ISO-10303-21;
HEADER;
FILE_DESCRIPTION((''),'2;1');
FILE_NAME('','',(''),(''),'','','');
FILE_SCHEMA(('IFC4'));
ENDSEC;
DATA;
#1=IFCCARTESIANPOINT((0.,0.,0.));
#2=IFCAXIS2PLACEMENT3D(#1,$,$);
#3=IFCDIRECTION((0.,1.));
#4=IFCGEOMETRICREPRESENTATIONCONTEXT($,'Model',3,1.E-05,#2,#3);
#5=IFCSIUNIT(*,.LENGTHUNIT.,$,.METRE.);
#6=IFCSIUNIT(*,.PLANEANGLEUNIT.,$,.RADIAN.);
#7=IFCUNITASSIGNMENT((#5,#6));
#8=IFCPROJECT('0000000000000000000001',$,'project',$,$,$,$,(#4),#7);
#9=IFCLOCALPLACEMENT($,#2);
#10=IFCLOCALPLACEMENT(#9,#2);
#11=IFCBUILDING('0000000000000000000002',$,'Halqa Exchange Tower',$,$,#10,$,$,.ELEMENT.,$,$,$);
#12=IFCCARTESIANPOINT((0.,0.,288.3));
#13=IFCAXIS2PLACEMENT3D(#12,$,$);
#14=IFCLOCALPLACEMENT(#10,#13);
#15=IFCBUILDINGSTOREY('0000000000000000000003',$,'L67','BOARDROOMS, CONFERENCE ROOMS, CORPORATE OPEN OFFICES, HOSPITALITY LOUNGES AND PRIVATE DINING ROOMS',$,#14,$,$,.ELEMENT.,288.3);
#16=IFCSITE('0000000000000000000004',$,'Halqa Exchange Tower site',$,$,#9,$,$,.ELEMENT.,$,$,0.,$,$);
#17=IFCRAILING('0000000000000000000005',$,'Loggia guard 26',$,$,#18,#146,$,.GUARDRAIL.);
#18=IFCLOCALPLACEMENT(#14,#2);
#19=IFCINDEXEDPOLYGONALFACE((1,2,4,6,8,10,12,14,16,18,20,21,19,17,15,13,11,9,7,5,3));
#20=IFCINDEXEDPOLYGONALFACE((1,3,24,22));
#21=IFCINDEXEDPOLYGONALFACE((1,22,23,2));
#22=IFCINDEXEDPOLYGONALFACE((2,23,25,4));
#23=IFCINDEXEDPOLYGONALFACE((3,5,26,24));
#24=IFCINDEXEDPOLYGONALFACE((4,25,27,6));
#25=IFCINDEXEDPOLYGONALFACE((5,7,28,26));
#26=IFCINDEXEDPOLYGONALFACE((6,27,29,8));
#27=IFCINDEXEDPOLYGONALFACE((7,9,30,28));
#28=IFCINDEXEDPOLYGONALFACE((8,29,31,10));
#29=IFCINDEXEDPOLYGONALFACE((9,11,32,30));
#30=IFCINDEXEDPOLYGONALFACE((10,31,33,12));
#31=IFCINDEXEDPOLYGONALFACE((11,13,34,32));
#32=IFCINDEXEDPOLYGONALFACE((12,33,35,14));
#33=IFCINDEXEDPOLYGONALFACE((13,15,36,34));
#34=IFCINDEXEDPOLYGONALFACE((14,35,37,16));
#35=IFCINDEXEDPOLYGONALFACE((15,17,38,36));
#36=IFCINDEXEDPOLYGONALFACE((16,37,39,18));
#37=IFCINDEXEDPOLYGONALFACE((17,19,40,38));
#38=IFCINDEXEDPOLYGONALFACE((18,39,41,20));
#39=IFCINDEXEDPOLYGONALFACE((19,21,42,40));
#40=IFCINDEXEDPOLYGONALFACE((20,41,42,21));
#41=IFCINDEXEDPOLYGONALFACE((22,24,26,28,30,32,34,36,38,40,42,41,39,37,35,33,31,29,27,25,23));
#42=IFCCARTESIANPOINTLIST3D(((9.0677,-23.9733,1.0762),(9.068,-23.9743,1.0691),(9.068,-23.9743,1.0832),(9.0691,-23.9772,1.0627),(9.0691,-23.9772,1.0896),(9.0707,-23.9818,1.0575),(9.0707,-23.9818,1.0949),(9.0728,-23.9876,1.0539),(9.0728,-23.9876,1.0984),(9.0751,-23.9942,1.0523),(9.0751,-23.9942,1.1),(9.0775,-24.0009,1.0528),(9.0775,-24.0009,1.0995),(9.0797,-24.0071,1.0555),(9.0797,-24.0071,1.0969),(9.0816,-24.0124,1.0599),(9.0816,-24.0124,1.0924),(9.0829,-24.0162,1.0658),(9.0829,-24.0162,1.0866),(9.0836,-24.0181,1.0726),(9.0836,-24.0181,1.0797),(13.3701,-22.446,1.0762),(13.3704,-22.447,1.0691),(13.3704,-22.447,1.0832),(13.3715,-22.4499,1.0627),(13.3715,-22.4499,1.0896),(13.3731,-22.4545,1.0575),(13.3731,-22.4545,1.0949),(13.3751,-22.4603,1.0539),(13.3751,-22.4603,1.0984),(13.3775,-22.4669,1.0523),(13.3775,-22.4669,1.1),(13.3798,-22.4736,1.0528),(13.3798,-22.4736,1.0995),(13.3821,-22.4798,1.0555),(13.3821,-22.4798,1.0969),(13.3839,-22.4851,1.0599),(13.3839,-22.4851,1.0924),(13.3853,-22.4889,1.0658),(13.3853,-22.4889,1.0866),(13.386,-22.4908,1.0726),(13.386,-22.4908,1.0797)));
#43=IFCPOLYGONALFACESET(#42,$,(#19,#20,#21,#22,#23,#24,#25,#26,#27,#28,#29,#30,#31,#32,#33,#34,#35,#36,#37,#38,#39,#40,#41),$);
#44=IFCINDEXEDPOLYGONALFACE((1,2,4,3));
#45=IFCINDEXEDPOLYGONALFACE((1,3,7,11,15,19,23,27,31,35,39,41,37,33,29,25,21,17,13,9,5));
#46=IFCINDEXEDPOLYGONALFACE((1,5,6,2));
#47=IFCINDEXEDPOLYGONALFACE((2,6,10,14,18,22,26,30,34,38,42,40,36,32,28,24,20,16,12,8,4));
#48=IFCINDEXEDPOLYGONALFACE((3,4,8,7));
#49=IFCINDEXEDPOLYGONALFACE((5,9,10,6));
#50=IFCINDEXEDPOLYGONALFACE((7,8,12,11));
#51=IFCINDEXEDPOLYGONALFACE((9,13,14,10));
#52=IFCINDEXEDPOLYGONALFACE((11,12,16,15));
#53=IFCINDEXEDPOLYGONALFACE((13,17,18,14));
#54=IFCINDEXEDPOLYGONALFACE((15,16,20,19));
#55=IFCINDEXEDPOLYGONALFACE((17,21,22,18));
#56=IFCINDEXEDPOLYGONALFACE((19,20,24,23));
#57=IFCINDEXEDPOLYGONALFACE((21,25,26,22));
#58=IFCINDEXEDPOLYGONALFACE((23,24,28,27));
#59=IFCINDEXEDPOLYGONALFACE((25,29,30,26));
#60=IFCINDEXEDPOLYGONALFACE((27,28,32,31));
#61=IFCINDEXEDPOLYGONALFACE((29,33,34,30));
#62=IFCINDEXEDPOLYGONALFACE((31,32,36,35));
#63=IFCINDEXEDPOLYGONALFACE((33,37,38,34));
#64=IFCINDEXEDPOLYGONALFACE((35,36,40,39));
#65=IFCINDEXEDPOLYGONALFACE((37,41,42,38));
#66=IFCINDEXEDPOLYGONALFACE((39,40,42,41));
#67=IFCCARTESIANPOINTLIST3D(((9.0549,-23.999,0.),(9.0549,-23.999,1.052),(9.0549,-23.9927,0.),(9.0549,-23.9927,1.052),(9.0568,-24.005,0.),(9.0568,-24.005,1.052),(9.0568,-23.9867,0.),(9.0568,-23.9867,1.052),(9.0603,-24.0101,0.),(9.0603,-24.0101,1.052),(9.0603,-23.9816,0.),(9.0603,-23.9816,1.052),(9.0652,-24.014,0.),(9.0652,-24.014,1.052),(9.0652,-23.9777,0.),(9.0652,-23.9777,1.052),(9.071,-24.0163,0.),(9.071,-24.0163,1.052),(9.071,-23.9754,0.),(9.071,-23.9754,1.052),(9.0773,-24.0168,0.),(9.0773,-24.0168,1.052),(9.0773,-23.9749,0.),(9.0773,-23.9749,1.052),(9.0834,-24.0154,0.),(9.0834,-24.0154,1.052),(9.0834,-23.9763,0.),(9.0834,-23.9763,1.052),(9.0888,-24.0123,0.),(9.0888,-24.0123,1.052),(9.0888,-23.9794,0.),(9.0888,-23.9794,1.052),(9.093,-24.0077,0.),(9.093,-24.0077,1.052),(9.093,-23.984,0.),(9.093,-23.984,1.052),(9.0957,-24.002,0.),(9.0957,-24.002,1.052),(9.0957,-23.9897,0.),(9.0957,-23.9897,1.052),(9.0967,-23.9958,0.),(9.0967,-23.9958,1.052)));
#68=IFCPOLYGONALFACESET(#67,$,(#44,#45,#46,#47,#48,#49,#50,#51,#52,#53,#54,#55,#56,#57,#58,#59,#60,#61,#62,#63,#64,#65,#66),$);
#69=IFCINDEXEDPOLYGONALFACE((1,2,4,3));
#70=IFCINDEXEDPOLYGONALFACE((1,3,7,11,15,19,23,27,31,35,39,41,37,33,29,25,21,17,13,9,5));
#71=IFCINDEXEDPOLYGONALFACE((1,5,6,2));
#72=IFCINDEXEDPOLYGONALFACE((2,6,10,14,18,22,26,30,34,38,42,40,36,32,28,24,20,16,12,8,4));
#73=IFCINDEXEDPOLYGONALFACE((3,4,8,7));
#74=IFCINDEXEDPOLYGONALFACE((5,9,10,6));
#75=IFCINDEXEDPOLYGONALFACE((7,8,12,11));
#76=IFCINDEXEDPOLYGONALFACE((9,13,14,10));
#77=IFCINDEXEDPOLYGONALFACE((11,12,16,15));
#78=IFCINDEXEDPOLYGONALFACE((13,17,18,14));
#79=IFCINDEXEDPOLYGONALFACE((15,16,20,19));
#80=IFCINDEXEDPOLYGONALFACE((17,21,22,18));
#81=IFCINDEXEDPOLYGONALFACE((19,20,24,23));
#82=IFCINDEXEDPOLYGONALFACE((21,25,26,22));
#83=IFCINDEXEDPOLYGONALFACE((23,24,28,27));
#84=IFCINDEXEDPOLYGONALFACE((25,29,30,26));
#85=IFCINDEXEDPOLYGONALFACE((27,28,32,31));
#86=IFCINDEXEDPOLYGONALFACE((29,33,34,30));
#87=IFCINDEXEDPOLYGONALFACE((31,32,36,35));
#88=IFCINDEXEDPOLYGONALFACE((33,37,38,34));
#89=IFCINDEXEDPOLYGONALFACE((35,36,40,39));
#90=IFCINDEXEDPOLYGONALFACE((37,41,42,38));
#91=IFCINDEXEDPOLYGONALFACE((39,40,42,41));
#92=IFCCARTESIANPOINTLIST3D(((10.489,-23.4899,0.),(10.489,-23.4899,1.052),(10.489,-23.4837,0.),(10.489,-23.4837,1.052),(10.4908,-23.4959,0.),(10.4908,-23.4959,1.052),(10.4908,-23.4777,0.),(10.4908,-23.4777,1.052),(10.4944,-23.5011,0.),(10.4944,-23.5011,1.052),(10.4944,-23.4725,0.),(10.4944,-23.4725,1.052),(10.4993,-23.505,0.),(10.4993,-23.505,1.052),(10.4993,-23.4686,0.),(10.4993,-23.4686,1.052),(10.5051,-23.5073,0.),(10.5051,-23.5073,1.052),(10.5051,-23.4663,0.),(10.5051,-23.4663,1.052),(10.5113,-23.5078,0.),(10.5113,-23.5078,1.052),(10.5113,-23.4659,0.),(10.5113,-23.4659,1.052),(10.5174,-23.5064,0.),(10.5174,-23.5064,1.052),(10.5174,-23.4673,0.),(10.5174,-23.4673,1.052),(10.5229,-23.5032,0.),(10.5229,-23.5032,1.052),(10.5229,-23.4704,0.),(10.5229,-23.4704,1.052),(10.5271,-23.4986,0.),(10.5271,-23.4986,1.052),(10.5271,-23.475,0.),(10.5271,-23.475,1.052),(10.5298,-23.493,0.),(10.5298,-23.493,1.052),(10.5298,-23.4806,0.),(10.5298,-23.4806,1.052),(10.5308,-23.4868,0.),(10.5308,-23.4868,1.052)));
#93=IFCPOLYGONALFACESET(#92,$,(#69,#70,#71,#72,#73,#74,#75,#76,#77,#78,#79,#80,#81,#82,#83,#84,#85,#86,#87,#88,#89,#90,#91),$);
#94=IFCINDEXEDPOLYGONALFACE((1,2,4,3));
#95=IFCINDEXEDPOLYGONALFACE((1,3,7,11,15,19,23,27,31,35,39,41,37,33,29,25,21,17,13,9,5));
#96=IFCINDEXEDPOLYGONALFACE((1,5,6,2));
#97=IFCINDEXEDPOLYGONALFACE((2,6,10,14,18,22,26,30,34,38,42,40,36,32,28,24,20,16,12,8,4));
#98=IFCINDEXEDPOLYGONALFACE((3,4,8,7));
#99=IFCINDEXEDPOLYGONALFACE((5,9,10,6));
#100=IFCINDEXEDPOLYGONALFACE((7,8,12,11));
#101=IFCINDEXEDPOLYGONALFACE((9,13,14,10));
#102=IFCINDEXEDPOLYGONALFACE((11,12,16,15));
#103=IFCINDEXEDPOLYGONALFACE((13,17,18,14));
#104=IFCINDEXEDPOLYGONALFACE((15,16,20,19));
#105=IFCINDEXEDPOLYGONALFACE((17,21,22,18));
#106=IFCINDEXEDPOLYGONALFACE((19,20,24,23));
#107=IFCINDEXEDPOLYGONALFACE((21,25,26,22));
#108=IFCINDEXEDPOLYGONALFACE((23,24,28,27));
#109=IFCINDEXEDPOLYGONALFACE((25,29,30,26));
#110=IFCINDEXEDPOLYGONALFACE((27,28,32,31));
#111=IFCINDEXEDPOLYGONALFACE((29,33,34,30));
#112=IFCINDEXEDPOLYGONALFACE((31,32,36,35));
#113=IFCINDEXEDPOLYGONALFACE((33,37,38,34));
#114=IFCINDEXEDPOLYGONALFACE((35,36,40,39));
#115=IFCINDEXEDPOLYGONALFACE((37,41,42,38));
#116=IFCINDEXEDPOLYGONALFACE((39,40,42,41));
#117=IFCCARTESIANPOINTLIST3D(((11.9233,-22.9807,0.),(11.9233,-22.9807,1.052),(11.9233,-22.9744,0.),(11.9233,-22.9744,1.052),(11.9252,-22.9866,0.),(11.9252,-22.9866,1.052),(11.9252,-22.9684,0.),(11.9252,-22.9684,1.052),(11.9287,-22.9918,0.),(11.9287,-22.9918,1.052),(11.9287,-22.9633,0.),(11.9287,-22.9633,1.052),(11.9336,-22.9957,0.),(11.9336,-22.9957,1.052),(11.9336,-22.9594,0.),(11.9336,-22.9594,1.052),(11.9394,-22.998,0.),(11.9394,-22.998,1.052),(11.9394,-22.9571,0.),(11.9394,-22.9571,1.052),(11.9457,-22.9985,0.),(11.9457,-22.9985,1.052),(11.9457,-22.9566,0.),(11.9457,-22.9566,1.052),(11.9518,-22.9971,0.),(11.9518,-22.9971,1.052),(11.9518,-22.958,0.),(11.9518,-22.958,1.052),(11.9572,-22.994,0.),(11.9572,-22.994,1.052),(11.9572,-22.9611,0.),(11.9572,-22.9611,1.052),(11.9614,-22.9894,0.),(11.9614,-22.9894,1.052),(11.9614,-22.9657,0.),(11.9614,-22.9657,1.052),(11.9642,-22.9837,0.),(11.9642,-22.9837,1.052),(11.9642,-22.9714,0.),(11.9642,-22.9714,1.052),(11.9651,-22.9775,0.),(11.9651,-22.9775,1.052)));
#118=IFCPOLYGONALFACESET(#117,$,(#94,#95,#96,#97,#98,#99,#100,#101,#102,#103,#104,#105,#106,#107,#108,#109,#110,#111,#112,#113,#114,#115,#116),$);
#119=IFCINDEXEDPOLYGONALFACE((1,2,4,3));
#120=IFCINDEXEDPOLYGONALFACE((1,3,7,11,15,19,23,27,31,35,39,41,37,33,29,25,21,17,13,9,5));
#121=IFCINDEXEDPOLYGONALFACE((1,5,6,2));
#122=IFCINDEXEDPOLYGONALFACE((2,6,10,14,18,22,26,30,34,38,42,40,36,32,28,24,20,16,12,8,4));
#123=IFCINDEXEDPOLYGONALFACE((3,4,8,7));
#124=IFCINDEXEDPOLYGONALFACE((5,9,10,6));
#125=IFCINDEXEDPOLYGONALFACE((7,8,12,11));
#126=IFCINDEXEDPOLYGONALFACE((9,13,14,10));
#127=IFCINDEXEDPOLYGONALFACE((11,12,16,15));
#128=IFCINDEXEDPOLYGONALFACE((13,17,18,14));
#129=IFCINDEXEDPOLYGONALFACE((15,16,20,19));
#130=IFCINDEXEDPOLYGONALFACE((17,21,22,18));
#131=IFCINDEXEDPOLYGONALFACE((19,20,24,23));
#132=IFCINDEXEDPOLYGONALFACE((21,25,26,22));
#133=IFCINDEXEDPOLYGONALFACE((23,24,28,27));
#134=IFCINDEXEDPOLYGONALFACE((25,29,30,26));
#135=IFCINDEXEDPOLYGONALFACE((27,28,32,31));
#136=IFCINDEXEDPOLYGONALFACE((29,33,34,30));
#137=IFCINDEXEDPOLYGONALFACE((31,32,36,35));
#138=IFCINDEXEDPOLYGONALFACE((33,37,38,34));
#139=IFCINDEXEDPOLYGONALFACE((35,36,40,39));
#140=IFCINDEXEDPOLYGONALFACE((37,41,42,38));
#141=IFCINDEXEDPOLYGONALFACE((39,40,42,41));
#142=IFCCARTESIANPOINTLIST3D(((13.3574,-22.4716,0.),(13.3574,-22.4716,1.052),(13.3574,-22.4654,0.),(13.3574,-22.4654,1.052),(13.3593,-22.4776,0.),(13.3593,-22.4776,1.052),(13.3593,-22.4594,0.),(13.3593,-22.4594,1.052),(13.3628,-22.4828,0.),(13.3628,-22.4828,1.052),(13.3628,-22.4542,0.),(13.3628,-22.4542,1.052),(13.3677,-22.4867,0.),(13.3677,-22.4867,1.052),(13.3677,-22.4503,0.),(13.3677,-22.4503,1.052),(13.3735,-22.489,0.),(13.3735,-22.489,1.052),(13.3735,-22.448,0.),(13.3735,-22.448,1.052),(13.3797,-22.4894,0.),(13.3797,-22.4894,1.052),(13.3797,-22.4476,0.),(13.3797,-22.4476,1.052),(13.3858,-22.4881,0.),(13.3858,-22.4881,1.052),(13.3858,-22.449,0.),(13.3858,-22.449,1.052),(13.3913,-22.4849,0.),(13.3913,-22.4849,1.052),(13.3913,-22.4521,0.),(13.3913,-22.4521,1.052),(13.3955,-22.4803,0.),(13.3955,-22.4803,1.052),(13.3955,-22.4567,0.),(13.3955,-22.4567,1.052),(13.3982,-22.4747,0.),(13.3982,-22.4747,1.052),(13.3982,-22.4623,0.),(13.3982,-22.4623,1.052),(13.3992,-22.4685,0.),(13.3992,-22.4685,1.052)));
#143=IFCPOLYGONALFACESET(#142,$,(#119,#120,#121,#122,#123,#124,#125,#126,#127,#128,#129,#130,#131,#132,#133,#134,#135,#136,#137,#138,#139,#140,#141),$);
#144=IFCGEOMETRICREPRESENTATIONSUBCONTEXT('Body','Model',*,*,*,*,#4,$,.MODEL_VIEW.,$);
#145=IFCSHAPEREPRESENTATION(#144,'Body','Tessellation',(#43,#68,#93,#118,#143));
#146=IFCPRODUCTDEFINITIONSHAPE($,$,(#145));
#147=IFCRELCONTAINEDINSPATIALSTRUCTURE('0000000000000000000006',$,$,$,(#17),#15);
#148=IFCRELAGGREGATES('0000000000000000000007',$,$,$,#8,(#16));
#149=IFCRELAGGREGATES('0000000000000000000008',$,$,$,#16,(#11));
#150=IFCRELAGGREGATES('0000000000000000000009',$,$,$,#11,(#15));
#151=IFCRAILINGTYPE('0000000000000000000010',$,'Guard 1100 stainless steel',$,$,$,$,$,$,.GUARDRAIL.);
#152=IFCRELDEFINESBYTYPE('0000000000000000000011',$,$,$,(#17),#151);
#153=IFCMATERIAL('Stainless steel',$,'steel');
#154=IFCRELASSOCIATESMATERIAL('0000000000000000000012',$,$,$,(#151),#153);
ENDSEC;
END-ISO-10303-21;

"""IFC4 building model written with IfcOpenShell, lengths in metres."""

from ifc_helpers import new_model, si_unit, direction, frame, origin, origin_2d, place, context, subcontext, project, spatial, circle, extrude, material, type_object, element, save


model = new_model("IFC4")

# Units and contexts
model_context = context("Model", 3, precision=1e-05, world=origin(), true_north=direction((0.0, 1.0)))
body_context = subcontext(model_context, "Body", "Model", "MODEL_VIEW")
ifc_project = project(units=[si_unit("LENGTHUNIT", "METRE"), si_unit("PLANEANGLEUNIT", "RADIAN")], contexts=[model_context])

# Site, building, storey
site_placement = place(None, origin())
site = spatial("IfcSite", under=ifc_project, at=site_placement, Name="Halqa Exchange Tower site", CompositionType="ELEMENT", RefElevation=0.0)
building_placement = place(site_placement, origin())
building = spatial("IfcBuilding", under=site, at=building_placement, Name="Halqa Exchange Tower", CompositionType="ELEMENT")
storey_placement = place(building_placement, frame((0.0, 0.0, 288.3)))
storey = spatial("IfcBuildingStorey", under=building, at=storey_placement, Name="L67", Description="BOARDROOMS, CONFERENCE ROOMS, CORPORATE OPEN OFFICES, HOSPITALITY LOUNGES AND PRIVATE DINING ROOMS", CompositionType="ELEMENT", Elevation=288.3)

# Railing
ifc_material_1 = material(Name="Stainless steel", Category="steel")
railing_type = type_object("IfcRailingType", Name="Guard 1100 stainless steel", PredefinedType="GUARDRAIL", material=ifc_material_1)
railing_1_placement = place(storey_placement, frame((9.0757, -23.9958, 0.0)))
element("IfcRailing", 1, at=railing_1_placement, inside=storey, type_object=railing_type, Name="Loggia guard 26", PredefinedType="GUARDRAIL", context=body_context, shape_type="SweptSolid", body=[
    extrude(circle(Radius=0.0239, at=origin_2d()), frame((0.0, 0.0, 1.0762), z_axis=(0.942383, 0.334537, 0.0), x_axis=(-0.334537, 0.942383, 0.0)), (0.0, 0.0, 1.0), 4.5654),
    extrude(circle(Radius=0.021, at=origin_2d()), origin(), (0.0, 0.0, 1.0), 1.052),
    extrude(circle(Radius=0.021, at=origin_2d()), frame((1.4341, 0.509, 0.0)), (0.0, 0.0, 1.0), 1.052),
    extrude(circle(Radius=0.021, at=origin_2d()), frame((2.8684, 1.0183, 0.0)), (0.0, 0.0, 1.0), 1.052),
    extrude(circle(Radius=0.021, at=origin_2d()), frame((4.3025, 1.5273, 0.0)), (0.0, 0.0, 1.0), 1.052),
])

save(model, "model.ifc")
